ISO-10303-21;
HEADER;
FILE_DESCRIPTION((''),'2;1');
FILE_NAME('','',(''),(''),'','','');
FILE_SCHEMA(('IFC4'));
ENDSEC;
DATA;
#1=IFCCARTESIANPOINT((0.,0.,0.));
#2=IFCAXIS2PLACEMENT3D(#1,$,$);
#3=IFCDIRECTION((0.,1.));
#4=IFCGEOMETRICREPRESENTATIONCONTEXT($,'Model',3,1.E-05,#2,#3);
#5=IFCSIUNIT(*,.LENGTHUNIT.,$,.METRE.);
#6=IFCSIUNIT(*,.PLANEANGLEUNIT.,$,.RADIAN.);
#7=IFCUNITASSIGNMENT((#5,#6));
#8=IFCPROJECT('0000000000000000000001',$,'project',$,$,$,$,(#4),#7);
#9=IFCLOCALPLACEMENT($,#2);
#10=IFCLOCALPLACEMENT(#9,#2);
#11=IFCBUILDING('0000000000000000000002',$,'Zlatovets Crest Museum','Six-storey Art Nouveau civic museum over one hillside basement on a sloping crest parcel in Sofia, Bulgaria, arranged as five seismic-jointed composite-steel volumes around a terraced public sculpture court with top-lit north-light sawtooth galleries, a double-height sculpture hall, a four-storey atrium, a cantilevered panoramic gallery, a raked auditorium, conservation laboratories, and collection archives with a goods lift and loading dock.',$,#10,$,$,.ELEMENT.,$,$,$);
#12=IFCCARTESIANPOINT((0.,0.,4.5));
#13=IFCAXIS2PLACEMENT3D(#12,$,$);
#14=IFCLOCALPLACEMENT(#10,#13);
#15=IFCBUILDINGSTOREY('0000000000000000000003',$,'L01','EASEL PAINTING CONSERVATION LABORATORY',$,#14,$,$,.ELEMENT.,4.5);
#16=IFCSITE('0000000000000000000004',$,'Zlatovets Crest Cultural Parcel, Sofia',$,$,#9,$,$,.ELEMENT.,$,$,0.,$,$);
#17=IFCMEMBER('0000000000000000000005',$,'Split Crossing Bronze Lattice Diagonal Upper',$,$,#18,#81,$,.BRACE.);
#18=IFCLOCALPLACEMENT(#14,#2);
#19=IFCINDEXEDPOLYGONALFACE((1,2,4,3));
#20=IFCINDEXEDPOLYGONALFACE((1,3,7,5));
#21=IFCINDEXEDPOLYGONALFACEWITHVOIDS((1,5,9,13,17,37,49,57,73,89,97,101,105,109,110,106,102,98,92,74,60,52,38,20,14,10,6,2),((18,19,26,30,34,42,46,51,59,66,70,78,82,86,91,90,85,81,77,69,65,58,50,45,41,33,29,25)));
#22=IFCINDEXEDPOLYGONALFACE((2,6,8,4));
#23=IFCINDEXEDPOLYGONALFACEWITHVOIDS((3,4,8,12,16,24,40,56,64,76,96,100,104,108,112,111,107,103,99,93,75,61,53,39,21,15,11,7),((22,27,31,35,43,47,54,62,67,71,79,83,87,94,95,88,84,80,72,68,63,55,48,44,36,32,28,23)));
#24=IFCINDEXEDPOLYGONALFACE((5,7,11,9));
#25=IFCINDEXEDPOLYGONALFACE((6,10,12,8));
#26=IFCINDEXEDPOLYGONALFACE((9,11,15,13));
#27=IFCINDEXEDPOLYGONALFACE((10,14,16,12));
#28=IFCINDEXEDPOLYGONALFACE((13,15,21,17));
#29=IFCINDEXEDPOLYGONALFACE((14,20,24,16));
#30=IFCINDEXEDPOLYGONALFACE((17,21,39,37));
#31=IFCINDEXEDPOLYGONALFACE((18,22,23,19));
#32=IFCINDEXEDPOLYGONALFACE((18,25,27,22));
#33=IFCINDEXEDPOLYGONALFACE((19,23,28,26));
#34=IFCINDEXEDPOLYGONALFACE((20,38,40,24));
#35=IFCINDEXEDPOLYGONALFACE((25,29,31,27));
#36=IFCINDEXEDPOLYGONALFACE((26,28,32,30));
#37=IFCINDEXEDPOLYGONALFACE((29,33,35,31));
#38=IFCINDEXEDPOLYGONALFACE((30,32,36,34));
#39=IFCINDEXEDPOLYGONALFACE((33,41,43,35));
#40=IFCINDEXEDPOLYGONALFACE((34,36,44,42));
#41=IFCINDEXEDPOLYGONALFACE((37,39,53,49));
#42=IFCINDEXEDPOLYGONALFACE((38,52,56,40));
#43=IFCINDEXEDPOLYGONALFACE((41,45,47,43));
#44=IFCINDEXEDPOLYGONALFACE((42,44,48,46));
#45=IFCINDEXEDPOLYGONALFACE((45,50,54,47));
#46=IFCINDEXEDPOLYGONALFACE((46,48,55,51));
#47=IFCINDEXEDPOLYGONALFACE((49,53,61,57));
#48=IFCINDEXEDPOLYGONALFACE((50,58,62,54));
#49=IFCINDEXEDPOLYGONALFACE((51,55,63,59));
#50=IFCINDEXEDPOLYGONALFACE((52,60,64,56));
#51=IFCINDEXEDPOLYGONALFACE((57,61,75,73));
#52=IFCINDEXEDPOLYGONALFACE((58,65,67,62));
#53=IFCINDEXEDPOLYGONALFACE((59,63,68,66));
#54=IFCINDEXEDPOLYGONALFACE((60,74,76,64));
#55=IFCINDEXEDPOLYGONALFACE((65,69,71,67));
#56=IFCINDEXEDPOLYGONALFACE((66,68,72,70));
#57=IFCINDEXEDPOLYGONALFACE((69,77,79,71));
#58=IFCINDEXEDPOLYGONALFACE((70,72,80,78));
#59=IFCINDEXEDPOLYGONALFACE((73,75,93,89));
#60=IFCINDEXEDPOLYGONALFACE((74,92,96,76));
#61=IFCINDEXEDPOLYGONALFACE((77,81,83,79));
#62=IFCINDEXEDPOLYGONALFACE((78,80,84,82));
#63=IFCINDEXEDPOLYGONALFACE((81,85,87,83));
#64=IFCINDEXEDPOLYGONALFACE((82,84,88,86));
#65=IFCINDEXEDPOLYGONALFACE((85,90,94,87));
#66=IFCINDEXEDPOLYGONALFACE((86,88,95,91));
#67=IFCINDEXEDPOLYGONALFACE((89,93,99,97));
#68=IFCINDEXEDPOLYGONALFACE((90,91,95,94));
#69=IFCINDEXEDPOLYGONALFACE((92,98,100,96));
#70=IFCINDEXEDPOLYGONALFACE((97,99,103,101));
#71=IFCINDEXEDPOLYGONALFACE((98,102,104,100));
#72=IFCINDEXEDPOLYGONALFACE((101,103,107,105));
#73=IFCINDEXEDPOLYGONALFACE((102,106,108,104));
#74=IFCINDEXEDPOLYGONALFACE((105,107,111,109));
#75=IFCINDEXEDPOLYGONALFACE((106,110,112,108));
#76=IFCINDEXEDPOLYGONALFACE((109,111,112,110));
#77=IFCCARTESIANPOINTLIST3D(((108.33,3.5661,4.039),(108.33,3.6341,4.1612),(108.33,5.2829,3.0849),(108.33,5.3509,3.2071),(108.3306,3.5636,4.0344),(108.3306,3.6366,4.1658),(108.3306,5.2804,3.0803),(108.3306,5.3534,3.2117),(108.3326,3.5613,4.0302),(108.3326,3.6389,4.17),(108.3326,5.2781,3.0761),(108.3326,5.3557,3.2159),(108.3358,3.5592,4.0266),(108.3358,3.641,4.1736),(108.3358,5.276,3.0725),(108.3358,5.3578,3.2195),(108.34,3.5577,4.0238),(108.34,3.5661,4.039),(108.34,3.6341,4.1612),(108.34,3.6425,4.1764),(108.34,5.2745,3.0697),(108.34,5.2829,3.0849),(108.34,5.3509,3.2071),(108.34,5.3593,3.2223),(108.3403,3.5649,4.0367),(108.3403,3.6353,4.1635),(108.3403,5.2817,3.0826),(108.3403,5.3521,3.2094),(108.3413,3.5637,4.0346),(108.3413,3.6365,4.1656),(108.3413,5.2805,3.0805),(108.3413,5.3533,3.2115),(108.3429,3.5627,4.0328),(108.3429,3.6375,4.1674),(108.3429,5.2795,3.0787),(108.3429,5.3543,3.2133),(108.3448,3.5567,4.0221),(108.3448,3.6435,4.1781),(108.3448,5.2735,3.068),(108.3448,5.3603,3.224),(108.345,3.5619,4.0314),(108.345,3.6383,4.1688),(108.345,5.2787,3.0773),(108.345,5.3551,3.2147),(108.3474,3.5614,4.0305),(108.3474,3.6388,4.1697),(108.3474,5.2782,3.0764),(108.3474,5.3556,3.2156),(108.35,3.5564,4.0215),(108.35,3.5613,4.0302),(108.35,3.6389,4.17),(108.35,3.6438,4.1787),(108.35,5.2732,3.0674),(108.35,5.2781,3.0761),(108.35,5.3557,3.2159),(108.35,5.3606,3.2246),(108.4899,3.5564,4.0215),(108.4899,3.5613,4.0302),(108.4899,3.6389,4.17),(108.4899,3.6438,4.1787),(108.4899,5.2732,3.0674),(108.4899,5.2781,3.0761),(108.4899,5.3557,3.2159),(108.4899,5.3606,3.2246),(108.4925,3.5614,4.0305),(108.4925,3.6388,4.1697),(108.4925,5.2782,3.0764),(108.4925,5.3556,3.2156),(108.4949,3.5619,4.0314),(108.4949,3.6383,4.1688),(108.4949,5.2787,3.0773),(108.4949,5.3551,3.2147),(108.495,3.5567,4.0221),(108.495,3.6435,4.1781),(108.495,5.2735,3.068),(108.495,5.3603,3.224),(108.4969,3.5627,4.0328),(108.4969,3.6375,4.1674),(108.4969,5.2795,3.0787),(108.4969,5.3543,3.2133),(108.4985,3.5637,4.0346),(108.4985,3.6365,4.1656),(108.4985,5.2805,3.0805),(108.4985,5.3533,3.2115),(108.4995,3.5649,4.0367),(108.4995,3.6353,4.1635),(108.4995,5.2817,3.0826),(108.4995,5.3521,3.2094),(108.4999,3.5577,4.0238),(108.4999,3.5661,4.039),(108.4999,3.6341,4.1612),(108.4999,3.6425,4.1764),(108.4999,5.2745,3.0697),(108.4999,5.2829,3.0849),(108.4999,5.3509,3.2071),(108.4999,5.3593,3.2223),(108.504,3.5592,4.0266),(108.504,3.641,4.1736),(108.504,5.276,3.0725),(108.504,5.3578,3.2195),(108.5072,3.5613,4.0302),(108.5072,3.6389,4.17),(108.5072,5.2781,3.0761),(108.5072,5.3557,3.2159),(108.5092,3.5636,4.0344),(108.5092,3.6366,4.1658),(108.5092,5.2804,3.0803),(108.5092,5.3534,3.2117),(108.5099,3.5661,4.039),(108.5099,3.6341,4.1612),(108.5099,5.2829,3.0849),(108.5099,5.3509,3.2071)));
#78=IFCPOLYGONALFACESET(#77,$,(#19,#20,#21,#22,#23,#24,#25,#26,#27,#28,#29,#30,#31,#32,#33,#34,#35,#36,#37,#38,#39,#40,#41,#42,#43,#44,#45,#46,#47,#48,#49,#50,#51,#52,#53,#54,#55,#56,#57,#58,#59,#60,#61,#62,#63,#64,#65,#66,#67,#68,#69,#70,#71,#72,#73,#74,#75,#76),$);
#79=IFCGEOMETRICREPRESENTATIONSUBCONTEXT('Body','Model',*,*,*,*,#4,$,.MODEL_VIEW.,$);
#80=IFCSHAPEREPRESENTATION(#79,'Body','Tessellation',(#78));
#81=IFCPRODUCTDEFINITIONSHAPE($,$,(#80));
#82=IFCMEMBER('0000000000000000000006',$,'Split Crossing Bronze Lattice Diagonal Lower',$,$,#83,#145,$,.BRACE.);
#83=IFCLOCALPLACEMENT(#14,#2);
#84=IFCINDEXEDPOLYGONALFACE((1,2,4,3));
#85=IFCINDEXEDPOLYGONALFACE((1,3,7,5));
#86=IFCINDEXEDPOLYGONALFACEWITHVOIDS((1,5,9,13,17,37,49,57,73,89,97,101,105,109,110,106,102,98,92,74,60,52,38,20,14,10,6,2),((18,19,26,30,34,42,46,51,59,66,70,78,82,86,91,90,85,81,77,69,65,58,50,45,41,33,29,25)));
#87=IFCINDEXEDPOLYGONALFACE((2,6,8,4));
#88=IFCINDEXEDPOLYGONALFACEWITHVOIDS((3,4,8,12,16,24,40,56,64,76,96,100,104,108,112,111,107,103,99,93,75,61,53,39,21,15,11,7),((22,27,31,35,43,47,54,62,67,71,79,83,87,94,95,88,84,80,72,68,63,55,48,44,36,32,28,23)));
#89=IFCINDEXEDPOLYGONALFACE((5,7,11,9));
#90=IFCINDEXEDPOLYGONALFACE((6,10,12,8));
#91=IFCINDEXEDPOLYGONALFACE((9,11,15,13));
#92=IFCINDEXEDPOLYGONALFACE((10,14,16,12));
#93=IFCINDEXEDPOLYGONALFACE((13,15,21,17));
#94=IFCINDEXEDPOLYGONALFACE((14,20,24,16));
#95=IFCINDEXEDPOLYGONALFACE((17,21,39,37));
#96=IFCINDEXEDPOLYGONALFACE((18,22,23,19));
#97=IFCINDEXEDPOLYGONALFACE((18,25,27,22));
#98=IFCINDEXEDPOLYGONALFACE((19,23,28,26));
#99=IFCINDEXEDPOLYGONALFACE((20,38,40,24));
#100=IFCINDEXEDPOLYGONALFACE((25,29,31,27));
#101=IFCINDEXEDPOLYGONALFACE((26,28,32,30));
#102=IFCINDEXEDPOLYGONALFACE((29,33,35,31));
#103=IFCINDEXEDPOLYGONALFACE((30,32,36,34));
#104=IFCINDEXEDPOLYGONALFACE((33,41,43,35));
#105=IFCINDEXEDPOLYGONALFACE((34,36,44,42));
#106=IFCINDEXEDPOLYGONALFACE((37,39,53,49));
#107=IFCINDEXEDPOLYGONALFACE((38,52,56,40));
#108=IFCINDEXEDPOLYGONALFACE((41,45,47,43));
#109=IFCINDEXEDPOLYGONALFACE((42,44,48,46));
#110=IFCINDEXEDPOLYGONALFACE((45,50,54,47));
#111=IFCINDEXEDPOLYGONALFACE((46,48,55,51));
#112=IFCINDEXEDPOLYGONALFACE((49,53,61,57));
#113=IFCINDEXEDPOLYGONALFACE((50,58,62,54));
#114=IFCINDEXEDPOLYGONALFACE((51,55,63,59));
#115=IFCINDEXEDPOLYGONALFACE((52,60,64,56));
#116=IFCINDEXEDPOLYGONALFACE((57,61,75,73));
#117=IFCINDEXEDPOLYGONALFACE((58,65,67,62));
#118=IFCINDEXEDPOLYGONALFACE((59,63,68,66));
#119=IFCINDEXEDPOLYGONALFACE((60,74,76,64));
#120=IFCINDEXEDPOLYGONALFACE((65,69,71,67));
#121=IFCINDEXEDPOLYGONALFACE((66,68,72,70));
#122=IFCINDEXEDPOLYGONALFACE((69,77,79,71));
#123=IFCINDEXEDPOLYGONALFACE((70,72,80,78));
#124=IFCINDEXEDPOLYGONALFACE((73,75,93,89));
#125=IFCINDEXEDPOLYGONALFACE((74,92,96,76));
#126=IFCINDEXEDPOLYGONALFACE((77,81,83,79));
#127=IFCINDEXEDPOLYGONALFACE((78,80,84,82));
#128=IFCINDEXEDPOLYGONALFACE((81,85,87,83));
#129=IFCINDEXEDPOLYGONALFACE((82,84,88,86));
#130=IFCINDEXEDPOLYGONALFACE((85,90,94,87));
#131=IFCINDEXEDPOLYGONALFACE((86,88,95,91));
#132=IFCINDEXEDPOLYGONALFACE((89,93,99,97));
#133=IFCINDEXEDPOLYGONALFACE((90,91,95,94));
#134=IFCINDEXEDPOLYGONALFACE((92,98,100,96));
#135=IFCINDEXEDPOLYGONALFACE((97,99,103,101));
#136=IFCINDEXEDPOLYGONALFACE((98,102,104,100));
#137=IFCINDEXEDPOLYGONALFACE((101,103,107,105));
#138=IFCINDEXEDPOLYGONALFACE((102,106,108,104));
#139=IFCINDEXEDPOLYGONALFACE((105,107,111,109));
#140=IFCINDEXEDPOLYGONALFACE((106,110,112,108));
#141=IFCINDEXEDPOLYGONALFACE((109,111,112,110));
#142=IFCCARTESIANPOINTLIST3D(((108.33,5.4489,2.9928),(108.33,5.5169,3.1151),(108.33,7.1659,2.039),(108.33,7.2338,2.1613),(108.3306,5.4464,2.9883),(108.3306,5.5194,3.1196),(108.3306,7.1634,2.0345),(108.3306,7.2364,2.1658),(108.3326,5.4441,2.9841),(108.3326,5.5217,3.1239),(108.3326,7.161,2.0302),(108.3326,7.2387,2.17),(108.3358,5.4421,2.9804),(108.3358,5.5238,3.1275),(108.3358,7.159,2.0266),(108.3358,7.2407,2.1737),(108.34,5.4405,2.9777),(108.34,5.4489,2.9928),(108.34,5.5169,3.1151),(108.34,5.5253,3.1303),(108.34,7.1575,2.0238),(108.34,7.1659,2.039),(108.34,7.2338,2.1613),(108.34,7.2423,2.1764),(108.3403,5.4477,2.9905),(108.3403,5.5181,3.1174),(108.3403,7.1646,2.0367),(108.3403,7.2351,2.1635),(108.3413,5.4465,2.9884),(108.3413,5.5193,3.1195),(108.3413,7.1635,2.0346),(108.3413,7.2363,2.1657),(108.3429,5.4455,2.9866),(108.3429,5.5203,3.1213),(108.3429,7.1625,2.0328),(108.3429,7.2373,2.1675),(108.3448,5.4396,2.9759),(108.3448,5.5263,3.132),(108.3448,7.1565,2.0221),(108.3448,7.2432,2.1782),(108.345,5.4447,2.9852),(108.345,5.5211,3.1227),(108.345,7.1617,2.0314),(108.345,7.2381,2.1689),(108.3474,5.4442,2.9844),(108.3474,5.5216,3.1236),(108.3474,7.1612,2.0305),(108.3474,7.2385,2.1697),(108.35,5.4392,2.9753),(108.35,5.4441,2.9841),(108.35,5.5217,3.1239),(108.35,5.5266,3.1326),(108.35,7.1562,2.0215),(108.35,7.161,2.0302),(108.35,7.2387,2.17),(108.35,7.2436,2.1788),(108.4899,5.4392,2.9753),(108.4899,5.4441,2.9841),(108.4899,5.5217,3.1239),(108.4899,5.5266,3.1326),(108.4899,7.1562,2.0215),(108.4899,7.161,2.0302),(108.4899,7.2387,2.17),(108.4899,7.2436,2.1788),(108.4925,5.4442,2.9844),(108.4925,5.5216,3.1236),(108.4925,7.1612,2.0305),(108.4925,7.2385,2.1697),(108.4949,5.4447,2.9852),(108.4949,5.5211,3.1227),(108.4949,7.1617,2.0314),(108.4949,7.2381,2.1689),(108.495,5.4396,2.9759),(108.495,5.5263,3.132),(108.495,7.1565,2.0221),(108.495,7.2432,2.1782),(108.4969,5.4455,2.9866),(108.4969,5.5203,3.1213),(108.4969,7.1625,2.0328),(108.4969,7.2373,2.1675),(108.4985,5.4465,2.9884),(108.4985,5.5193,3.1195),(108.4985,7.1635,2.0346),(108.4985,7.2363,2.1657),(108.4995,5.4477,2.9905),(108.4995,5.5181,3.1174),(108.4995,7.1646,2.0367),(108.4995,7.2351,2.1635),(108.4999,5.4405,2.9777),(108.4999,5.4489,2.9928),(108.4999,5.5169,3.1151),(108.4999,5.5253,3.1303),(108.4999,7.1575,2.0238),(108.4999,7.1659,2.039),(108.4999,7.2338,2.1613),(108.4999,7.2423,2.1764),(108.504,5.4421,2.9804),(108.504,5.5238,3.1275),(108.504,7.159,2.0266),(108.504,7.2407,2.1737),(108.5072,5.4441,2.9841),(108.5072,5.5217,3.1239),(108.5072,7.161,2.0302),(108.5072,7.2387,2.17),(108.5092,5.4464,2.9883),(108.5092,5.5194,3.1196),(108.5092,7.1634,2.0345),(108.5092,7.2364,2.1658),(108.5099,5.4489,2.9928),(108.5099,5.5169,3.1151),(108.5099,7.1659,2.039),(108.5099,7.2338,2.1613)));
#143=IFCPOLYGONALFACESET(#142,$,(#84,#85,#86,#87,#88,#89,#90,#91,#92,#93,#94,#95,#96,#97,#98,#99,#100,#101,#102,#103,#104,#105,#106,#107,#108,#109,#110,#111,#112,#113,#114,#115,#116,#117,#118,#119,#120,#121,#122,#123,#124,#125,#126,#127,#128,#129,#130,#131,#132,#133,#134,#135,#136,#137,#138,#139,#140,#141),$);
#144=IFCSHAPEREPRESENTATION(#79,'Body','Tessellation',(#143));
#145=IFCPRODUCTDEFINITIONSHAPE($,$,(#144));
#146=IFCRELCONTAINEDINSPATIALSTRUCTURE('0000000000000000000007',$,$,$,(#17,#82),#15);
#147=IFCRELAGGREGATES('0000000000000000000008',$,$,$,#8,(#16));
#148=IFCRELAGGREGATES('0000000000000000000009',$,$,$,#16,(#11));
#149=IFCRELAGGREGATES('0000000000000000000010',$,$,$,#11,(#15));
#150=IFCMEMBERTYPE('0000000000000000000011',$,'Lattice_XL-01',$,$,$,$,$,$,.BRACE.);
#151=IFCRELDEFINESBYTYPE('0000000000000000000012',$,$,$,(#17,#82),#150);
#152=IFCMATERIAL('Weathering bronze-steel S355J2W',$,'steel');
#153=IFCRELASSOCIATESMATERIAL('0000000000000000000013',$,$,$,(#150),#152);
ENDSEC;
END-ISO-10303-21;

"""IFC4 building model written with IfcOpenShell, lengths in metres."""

from ifc_helpers import new_model, si_unit, direction, frame, origin, origin_2d, place, context, subcontext, project, spatial, hollow_rectangle, extrude, material, material_profile, profile_set, type_object, element, save


model = new_model("IFC4")

# Units and contexts
model_context = context("Model", 3, precision=1e-05, world=origin(), true_north=direction((0.0, 1.0)))
body_context = subcontext(model_context, "Body", "Model", "MODEL_VIEW")
ifc_project = project(units=[si_unit("LENGTHUNIT", "METRE"), si_unit("PLANEANGLEUNIT", "RADIAN")], contexts=[model_context])

# Site, building, storey
site_placement = place(None, origin())
site = spatial("IfcSite", under=ifc_project, at=site_placement, Name="Zlatovets Crest Cultural Parcel, Sofia", CompositionType="ELEMENT", RefElevation=0.0)
building_placement = place(site_placement, origin())
building = spatial("IfcBuilding", under=site, at=building_placement, Name="Zlatovets Crest Museum", Description="Six-storey Art Nouveau civic museum over one hillside basement on a sloping crest parcel in Sofia, Bulgaria, arranged as five seismic-jointed composite-steel volumes around a terraced public sculpture court with top-lit north-light sawtooth galleries, a double-height sculpture hall, a four-storey atrium, a cantilevered panoramic gallery, a raked auditorium, conservation laboratories, and collection archives with a goods lift and loading dock.", CompositionType="ELEMENT")
storey_placement = place(building_placement, frame((0.0, 0.0, 4.5)))
storey = spatial("IfcBuildingStorey", under=building, at=storey_placement, Name="L01", Description="EASEL PAINTING CONSERVATION LABORATORY", CompositionType="ELEMENT", Elevation=4.5)

# Members
ifc_material_1 = material(Name="Weathering bronze-steel S355J2W", Category="steel")
ifc_material_profile_1 = material_profile(ifc_material_1, hollow_rectangle(XDim=0.1799, YDim=0.1799, WallThickness=0.01, InnerFilletRadius=0.01, OuterFilletRadius=0.02, at=origin_2d()), Name="SHS 180x180x10.0")
ifc_profile_set_1 = profile_set([ifc_material_profile_1], Name="Weathering bronze-steel S355J2W")
member_type_1 = type_object("IfcMemberType", Name="Lattice_XL-01", PredefinedType="BRACE", material=ifc_profile_set_1)
for number, where, z_axis, x_axis, name in (
    (1, (108.4199, 3.6001, 4.1001), (0.0, 0.874087, -0.48577), (-1.0, 0.0, 0.0), "Split Crossing Bronze Lattice Diagonal Upper"),
    (2, (108.4199, 5.4829, 3.054), (0.0, 0.874169, -0.485622), (-1.0, 0.0, 0.0), "Split Crossing Bronze Lattice Diagonal Lower"),
):
    element("IfcMember", number, at=place(storey_placement, frame(where, z_axis=z_axis, x_axis=x_axis)), inside=storey, type_object=member_type_1, Name=name, PredefinedType="BRACE", context=body_context, shape_type="SweptSolid", body=[
        extrude(hollow_rectangle(XDim=0.1799, YDim=0.1799, WallThickness=0.01, InnerFilletRadius=0.01, OuterFilletRadius=0.02, at=origin_2d()), origin(), (0.0, 0.0, 1.0), 1.9641),
    ])

save(model, "model.ifc")
